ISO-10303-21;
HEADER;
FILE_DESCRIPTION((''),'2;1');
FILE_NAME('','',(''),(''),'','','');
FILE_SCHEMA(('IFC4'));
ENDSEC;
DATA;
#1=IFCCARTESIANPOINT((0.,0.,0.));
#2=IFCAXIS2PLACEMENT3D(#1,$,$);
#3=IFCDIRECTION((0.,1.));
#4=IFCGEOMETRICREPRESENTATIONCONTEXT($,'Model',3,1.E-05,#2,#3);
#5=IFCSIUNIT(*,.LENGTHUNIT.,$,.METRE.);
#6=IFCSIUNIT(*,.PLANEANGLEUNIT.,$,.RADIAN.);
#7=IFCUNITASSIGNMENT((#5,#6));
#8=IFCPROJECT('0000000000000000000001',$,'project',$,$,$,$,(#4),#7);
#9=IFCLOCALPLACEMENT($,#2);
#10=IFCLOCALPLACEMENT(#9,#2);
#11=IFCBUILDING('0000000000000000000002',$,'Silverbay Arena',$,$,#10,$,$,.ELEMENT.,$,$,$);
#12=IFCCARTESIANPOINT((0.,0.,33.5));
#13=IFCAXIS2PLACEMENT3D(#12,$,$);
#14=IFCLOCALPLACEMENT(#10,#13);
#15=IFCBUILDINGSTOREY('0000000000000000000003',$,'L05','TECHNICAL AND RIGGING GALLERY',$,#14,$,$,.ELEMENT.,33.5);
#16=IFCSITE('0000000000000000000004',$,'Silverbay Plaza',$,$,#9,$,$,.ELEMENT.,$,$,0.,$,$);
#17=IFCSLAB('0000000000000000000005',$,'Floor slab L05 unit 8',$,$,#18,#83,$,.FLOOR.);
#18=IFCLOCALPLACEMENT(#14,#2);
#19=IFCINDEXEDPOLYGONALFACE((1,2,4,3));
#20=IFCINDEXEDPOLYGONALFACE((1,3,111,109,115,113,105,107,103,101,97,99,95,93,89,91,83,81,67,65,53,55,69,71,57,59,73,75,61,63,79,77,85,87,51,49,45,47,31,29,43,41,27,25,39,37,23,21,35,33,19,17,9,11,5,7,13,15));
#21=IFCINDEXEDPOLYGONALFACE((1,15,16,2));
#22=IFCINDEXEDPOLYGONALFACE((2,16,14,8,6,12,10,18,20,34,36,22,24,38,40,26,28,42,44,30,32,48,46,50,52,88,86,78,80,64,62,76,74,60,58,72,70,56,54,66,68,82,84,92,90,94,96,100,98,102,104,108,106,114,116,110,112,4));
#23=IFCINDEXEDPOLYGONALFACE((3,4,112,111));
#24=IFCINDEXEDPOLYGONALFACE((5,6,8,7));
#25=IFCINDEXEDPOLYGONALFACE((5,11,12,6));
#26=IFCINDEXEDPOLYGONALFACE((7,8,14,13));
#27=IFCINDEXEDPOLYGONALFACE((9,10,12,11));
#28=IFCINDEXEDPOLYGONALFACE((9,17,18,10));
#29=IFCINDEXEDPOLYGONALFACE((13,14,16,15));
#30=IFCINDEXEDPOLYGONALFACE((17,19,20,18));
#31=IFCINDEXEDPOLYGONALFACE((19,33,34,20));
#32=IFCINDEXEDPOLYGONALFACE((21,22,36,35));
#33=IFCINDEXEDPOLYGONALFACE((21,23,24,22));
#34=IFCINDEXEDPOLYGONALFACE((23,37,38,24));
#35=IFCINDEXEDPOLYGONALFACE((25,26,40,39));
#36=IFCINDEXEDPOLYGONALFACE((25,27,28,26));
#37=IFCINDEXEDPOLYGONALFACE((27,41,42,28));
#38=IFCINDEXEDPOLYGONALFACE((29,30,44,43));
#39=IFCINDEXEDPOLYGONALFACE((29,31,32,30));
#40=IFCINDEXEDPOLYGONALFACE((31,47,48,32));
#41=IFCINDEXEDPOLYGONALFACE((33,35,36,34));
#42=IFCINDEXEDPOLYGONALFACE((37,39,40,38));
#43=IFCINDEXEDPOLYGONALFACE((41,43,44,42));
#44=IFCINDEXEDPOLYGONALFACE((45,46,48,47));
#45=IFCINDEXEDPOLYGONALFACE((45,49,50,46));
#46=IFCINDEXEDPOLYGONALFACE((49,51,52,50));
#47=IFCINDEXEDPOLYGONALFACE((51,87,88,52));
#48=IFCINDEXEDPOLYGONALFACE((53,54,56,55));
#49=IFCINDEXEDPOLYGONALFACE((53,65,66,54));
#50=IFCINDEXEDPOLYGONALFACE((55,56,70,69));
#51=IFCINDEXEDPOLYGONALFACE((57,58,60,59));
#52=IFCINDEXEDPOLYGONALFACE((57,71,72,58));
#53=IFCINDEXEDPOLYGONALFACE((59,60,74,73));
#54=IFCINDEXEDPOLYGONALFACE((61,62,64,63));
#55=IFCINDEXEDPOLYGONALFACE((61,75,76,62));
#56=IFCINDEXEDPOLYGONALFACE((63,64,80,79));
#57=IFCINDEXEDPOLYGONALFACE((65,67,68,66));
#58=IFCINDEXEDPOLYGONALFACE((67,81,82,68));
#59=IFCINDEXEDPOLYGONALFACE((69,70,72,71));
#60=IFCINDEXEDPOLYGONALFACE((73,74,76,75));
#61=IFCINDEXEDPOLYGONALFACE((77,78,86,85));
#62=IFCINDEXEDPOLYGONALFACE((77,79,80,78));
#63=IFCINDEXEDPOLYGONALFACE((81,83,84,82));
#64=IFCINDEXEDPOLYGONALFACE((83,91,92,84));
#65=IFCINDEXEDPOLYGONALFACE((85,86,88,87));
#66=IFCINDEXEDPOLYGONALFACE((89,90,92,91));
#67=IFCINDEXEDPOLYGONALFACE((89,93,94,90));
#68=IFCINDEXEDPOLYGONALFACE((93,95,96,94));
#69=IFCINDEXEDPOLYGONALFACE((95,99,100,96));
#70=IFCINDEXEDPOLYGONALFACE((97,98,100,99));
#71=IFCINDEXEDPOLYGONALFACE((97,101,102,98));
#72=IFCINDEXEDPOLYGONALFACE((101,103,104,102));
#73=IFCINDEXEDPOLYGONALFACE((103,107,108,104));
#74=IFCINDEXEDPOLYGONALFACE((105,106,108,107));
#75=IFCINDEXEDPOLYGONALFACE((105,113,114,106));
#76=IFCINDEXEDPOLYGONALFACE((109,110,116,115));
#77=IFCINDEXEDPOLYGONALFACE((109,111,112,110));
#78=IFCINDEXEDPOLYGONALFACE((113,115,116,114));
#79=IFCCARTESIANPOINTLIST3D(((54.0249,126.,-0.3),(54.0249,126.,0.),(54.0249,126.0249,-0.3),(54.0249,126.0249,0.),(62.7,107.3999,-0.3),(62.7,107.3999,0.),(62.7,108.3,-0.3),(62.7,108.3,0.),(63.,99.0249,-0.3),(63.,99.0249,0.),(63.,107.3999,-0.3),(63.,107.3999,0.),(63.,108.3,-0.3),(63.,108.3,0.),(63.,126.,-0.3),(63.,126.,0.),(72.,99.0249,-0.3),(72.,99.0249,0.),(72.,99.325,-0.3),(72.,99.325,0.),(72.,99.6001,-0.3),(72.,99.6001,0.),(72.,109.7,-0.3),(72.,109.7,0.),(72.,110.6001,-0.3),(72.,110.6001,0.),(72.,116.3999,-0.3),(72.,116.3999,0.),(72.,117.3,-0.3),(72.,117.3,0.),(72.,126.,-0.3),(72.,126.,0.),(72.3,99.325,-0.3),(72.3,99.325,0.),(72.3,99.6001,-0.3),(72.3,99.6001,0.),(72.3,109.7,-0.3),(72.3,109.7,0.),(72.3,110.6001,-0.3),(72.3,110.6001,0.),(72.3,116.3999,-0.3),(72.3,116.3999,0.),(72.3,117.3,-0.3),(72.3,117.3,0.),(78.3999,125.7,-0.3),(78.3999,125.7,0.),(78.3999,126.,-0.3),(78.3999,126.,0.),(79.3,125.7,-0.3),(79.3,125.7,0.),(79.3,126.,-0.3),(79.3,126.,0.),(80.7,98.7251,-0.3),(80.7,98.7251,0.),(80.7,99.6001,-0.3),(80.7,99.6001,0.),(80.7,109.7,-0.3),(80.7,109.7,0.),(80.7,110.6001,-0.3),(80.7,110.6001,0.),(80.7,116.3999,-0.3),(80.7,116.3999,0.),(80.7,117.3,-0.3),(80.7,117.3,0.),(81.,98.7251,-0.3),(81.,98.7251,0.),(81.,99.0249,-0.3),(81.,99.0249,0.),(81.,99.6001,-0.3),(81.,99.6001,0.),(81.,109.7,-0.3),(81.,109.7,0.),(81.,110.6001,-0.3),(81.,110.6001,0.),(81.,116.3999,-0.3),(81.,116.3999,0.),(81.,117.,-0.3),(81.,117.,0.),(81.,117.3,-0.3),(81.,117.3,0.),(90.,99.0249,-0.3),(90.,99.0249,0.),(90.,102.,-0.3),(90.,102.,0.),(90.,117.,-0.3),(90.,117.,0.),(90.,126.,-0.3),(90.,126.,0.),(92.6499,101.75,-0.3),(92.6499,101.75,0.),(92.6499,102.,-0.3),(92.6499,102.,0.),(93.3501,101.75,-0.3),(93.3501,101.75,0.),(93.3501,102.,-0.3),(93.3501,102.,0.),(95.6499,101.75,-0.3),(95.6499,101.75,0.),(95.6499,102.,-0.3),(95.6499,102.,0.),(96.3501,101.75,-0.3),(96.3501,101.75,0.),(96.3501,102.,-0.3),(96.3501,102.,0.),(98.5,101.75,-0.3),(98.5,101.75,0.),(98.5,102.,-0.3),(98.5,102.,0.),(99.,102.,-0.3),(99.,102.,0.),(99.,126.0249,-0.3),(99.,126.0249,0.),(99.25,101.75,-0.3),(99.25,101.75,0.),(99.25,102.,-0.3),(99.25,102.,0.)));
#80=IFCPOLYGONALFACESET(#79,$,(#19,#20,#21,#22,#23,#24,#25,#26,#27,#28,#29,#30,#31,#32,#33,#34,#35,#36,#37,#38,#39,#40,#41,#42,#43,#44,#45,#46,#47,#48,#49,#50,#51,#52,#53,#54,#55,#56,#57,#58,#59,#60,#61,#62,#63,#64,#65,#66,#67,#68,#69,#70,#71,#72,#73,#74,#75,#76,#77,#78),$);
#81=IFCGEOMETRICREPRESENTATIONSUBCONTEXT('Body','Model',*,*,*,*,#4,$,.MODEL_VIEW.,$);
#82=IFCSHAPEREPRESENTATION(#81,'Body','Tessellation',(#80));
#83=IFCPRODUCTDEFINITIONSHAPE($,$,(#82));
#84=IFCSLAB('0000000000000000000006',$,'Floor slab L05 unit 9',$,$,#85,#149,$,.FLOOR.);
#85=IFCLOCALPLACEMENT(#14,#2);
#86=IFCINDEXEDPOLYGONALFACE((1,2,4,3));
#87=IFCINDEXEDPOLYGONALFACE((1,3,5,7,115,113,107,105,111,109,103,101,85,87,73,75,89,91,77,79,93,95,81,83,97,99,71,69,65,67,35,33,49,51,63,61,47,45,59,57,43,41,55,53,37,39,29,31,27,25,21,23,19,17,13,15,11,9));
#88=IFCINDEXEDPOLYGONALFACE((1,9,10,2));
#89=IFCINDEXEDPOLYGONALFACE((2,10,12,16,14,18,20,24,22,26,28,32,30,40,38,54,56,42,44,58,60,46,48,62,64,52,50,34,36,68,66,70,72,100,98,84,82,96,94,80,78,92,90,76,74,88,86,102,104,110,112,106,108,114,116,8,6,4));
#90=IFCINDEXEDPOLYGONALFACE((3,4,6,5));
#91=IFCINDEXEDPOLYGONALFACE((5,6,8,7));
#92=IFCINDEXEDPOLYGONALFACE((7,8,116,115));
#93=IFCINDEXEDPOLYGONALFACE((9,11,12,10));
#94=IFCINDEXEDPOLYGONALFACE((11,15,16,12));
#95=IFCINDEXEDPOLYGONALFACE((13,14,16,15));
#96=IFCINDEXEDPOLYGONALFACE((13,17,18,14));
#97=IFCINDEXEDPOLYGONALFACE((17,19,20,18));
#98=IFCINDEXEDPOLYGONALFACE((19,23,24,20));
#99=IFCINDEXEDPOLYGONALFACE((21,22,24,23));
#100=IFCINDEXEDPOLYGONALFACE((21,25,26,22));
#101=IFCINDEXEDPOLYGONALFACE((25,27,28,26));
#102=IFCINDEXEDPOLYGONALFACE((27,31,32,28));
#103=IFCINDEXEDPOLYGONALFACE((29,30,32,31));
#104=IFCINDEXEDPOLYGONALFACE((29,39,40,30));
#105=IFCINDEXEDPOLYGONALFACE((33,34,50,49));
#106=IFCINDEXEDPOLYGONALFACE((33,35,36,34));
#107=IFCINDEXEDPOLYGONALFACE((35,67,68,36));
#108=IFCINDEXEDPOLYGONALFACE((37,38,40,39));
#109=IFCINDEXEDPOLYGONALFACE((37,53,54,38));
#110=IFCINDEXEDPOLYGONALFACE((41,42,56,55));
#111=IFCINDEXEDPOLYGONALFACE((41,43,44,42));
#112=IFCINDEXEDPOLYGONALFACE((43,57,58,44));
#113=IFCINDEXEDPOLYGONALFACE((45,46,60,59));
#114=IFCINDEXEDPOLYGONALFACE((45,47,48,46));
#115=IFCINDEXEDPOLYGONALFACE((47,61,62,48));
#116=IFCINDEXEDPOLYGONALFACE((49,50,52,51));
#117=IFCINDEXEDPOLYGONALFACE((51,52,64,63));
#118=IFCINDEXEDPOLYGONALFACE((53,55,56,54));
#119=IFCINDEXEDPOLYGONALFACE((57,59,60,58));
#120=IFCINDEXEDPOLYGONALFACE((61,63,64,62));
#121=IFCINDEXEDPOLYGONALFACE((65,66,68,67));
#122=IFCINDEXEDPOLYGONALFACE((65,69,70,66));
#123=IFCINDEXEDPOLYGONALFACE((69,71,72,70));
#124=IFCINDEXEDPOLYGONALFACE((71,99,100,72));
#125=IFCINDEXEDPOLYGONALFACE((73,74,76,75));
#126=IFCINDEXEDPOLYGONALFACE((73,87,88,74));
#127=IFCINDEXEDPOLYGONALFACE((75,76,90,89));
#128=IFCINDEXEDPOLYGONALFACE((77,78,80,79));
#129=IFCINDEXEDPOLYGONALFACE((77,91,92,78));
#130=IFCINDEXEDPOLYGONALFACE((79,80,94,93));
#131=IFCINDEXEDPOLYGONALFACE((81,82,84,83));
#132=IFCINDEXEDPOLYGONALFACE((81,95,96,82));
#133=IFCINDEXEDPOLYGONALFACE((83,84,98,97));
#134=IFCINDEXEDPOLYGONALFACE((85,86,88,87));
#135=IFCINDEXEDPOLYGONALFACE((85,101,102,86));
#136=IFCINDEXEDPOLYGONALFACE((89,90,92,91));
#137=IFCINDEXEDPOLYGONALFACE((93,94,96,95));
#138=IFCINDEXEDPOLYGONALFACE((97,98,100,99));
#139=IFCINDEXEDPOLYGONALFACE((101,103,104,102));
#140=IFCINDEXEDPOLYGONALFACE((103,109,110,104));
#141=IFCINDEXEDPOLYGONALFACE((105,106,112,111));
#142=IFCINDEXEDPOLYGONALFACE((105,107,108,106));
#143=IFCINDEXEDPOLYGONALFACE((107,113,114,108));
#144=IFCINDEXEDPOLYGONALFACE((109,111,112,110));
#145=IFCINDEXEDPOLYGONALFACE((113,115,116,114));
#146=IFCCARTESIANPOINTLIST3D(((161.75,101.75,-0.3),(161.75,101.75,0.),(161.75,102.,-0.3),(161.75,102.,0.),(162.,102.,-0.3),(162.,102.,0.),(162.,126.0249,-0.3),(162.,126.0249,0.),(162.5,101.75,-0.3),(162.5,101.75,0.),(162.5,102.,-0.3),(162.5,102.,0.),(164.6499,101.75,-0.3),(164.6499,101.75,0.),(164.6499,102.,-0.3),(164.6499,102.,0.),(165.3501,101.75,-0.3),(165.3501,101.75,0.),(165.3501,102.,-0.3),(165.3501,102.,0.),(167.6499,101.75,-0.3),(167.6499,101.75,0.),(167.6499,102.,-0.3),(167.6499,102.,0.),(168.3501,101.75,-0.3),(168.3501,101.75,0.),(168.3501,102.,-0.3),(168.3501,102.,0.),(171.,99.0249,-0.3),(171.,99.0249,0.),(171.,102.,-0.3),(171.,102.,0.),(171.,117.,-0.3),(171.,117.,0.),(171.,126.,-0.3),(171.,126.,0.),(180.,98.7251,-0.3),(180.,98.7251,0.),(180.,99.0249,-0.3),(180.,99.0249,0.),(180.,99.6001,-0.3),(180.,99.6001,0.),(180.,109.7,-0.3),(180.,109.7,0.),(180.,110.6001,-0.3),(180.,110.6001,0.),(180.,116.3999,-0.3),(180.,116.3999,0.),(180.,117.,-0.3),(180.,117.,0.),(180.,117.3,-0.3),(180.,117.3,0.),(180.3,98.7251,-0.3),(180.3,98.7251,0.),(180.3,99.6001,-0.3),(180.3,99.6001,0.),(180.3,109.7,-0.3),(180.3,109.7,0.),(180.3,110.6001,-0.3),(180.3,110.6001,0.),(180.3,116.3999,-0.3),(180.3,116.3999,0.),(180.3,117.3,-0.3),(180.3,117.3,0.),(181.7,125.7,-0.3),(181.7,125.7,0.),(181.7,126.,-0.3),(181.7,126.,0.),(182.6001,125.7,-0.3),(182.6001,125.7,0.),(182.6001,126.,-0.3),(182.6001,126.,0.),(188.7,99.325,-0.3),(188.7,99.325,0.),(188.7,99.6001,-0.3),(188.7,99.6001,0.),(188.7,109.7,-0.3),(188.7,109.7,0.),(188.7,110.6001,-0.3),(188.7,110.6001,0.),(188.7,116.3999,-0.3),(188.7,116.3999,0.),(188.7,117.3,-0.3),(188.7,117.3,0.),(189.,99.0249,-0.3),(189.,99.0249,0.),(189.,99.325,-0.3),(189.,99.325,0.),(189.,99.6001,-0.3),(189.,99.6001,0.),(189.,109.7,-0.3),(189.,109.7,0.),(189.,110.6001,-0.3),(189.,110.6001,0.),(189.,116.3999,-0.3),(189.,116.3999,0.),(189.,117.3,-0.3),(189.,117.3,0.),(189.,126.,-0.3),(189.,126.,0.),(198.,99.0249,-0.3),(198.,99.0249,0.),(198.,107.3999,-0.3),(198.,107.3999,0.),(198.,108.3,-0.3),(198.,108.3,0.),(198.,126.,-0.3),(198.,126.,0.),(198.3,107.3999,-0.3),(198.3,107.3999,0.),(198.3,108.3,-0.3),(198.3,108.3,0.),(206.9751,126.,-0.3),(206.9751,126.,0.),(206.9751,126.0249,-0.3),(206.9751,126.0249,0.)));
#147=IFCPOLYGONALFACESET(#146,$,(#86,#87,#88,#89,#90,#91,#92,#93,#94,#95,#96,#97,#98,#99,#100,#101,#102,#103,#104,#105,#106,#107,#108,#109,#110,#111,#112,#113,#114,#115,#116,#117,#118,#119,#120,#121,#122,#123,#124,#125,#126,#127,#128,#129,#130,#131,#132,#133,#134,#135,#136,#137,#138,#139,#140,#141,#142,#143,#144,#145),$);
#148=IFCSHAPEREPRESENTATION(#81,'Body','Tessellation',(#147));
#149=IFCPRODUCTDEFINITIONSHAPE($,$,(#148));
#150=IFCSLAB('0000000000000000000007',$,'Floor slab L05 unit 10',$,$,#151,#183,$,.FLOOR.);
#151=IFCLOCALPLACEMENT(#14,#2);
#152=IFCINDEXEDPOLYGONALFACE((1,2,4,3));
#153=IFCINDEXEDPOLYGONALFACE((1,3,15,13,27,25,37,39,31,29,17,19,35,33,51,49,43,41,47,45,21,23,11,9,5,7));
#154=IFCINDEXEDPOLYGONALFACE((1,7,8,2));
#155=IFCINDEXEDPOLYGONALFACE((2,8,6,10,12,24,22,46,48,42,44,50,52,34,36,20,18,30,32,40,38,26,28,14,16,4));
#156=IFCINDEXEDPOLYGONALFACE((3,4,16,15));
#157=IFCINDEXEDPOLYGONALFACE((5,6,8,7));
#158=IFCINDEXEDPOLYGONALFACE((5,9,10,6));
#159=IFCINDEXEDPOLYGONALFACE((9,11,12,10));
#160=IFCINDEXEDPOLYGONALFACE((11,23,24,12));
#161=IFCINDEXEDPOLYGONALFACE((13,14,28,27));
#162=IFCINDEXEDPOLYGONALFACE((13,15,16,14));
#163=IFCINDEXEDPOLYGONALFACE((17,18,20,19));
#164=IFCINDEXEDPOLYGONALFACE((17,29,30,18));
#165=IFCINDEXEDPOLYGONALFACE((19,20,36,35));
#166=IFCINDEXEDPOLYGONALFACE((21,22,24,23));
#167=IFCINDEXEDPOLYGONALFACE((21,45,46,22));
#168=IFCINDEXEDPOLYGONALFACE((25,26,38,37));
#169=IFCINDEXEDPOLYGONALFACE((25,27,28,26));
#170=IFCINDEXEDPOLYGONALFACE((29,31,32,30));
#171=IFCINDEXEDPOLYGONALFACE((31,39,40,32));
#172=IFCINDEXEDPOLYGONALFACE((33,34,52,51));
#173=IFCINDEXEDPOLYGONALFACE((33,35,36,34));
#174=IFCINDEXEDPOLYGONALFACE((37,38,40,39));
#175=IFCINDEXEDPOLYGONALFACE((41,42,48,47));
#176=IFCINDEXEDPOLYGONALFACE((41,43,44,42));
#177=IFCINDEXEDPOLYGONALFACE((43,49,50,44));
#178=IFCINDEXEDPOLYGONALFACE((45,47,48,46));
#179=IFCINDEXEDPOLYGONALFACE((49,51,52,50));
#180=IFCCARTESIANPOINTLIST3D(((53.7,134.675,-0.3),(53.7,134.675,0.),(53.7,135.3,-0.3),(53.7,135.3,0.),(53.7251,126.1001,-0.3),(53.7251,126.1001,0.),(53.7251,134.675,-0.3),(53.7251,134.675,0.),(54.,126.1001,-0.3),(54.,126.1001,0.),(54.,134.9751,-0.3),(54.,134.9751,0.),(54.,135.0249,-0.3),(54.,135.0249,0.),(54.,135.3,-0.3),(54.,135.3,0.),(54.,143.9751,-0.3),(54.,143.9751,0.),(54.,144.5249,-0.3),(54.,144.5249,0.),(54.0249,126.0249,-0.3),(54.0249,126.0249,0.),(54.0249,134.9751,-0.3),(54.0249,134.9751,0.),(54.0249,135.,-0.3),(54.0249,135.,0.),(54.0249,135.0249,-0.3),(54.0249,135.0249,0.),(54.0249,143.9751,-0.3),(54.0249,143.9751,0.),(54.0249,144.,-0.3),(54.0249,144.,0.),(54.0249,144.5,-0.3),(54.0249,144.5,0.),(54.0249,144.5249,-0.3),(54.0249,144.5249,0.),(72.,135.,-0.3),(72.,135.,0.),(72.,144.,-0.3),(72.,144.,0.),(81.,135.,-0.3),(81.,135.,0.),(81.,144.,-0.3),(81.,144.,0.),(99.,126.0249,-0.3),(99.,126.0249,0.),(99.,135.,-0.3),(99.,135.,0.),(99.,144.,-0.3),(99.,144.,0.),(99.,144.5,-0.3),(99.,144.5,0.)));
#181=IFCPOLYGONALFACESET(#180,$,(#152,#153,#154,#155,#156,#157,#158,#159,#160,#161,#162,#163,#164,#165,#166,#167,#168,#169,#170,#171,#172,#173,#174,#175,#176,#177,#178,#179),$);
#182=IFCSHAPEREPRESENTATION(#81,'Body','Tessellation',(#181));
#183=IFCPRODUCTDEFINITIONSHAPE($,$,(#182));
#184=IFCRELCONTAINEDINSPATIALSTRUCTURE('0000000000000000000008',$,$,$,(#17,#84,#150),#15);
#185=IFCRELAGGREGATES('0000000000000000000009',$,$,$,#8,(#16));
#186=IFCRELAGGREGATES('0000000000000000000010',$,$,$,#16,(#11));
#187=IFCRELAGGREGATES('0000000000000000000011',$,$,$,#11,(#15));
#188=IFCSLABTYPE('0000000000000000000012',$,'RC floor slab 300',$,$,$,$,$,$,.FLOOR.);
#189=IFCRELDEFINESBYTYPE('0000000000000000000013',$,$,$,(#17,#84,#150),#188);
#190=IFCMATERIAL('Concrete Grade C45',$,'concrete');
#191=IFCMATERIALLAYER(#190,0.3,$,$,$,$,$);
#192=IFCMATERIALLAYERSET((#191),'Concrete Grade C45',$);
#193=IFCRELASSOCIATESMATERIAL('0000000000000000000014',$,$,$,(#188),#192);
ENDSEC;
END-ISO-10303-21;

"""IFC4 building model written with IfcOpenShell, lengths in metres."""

from ifc_helpers import new_model, si_unit, direction, frame, origin, place, context, subcontext, project, spatial, polyline, outline, extrude, material, layer, layer_set, type_object, element, save


model = new_model("IFC4")

# Units and contexts
model_context = context("Model", 3, precision=1e-05, world=origin(), true_north=direction((0.0, 1.0)))
body_context = subcontext(model_context, "Body", "Model", "MODEL_VIEW")
ifc_project = project(units=[si_unit("LENGTHUNIT", "METRE"), si_unit("PLANEANGLEUNIT", "RADIAN")], contexts=[model_context])

# Site, building, storey
site_placement = place(None, origin())
site = spatial("IfcSite", under=ifc_project, at=site_placement, Name="Silverbay Plaza", CompositionType="ELEMENT", RefElevation=0.0)
building_placement = place(site_placement, origin())
building = spatial("IfcBuilding", under=site, at=building_placement, Name="Silverbay Arena", CompositionType="ELEMENT")
storey_placement = place(building_placement, frame((0.0, 0.0, 33.5)))
storey = spatial("IfcBuildingStorey", under=building, at=storey_placement, Name="L05", Description="TECHNICAL AND RIGGING GALLERY", CompositionType="ELEMENT", Elevation=33.5)

# Slabs
ifc_material_1 = material(Name="Concrete Grade C45", Category="concrete")
ifc_layer_1 = layer(ifc_material_1, 0.3)
ifc_layer_set_1 = layer_set([ifc_layer_1], Name="Concrete Grade C45")
slab_type_1 = type_object("IfcSlabType", Name="RC floor slab 300", PredefinedType="FLOOR", material=ifc_layer_set_1)
slab_1_placement = place(storey_placement, frame((0.0, 0.0, -0.3)))
element("IfcSlab", 1, at=slab_1_placement, inside=storey, type_object=slab_type_1, Name="Floor slab L05 unit 8", PredefinedType="FLOOR", context=body_context, shape_type="SweptSolid", body=[
    extrude(outline(polyline([(63.0, 99.0249), (63.0, 107.3999), (62.7, 107.3999), (62.7, 108.3), (63.0, 108.3), (63.0, 126.0), (54.0249, 126.0), (54.0249, 126.0249), (99.0, 126.0249), (99.0, 102.0), (99.25, 102.0), (99.25, 101.75), (98.5, 101.75), (98.5, 102.0), (96.3501, 102.0), (96.3501, 101.75), (95.6499, 101.75), (95.6499, 102.0), (93.3501, 102.0), (93.3501, 101.75), (92.6499, 101.75), (92.6499, 102.0), (90.0, 102.0), (90.0, 99.0249), (81.0, 99.0249), (81.0, 98.7251), (80.7, 98.7251), (80.7, 99.6001), (81.0, 99.6001), (81.0, 109.7), (80.7, 109.7), (80.7, 110.6001), (81.0, 110.6001), (81.0, 116.3999), (80.7, 116.3999), (80.7, 117.3), (81.0, 117.3), (81.0, 117.0), (90.0, 117.0), (90.0, 126.0), (79.3, 126.0), (79.3, 125.7), (78.3999, 125.7), (78.3999, 126.0), (72.0, 126.0), (72.0, 117.3), (72.3, 117.3), (72.3, 116.3999), (72.0, 116.3999), (72.0, 110.6001), (72.3, 110.6001), (72.3, 109.7), (72.0, 109.7), (72.0, 99.6001), (72.3, 99.6001), (72.3, 99.325), (72.0, 99.325), (72.0, 99.0249), (63.0, 99.0249)])), origin(), (0.0, 0.0, 1.0), 0.3),
])
slab_2_placement = place(storey_placement, frame((0.0, 0.0, -0.3)))
element("IfcSlab", 2, at=slab_2_placement, inside=storey, type_object=slab_type_1, Name="Floor slab L05 unit 9", PredefinedType="FLOOR", context=body_context, shape_type="SweptSolid", body=[
    extrude(outline(polyline([(189.0, 99.325), (188.7, 99.325), (188.7, 99.6001), (189.0, 99.6001), (189.0, 109.7), (188.7, 109.7), (188.7, 110.6001), (189.0, 110.6001), (189.0, 116.3999), (188.7, 116.3999), (188.7, 117.3), (189.0, 117.3), (189.0, 126.0), (182.6001, 126.0), (182.6001, 125.7), (181.7, 125.7), (181.7, 126.0), (171.0, 126.0), (171.0, 117.0), (180.0, 117.0), (180.0, 117.3), (180.3, 117.3), (180.3, 116.3999), (180.0, 116.3999), (180.0, 110.6001), (180.3, 110.6001), (180.3, 109.7), (180.0, 109.7), (180.0, 99.6001), (180.3, 99.6001), (180.3, 98.7251), (180.0, 98.7251), (180.0, 99.0249), (171.0, 99.0249), (171.0, 102.0), (168.3501, 102.0), (168.3501, 101.75), (167.6499, 101.75), (167.6499, 102.0), (165.3501, 102.0), (165.3501, 101.75), (164.6499, 101.75), (164.6499, 102.0), (162.5, 102.0), (162.5, 101.75), (161.75, 101.75), (161.75, 102.0), (162.0, 102.0), (162.0, 126.0249), (206.9751, 126.0249), (206.9751, 126.0), (198.0, 126.0), (198.0, 108.3), (198.3, 108.3), (198.3, 107.3999), (198.0, 107.3999), (198.0, 99.0249), (189.0, 99.0249), (189.0, 99.325)])), origin(), (0.0, 0.0, 1.0), 0.3),
])
slab_3_placement = place(storey_placement, frame((0.0, 0.0, -0.3)))
element("IfcSlab", 3, at=slab_3_placement, inside=storey, type_object=slab_type_1, Name="Floor slab L05 unit 10", PredefinedType="FLOOR", context=body_context, shape_type="SweptSolid", body=[
    extrude(outline(polyline([(53.7, 134.675), (53.7, 135.3), (54.0, 135.3), (54.0, 135.0249), (54.0249, 135.0249), (54.0249, 135.0), (72.0, 135.0), (72.0, 144.0), (54.0249, 144.0), (54.0249, 143.9751), (54.0, 143.9751), (54.0, 144.5249), (54.0249, 144.5249), (54.0249, 144.5), (99.0, 144.5), (99.0, 144.0), (81.0, 144.0), (81.0, 135.0), (99.0, 135.0), (99.0, 126.0249), (54.0249, 126.0249), (54.0249, 134.9751), (54.0, 134.9751), (54.0, 126.1001), (53.7251, 126.1001), (53.7251, 134.675), (53.7, 134.675)])), origin(), (0.0, 0.0, 1.0), 0.3),
])

save(model, "model.ifc")
